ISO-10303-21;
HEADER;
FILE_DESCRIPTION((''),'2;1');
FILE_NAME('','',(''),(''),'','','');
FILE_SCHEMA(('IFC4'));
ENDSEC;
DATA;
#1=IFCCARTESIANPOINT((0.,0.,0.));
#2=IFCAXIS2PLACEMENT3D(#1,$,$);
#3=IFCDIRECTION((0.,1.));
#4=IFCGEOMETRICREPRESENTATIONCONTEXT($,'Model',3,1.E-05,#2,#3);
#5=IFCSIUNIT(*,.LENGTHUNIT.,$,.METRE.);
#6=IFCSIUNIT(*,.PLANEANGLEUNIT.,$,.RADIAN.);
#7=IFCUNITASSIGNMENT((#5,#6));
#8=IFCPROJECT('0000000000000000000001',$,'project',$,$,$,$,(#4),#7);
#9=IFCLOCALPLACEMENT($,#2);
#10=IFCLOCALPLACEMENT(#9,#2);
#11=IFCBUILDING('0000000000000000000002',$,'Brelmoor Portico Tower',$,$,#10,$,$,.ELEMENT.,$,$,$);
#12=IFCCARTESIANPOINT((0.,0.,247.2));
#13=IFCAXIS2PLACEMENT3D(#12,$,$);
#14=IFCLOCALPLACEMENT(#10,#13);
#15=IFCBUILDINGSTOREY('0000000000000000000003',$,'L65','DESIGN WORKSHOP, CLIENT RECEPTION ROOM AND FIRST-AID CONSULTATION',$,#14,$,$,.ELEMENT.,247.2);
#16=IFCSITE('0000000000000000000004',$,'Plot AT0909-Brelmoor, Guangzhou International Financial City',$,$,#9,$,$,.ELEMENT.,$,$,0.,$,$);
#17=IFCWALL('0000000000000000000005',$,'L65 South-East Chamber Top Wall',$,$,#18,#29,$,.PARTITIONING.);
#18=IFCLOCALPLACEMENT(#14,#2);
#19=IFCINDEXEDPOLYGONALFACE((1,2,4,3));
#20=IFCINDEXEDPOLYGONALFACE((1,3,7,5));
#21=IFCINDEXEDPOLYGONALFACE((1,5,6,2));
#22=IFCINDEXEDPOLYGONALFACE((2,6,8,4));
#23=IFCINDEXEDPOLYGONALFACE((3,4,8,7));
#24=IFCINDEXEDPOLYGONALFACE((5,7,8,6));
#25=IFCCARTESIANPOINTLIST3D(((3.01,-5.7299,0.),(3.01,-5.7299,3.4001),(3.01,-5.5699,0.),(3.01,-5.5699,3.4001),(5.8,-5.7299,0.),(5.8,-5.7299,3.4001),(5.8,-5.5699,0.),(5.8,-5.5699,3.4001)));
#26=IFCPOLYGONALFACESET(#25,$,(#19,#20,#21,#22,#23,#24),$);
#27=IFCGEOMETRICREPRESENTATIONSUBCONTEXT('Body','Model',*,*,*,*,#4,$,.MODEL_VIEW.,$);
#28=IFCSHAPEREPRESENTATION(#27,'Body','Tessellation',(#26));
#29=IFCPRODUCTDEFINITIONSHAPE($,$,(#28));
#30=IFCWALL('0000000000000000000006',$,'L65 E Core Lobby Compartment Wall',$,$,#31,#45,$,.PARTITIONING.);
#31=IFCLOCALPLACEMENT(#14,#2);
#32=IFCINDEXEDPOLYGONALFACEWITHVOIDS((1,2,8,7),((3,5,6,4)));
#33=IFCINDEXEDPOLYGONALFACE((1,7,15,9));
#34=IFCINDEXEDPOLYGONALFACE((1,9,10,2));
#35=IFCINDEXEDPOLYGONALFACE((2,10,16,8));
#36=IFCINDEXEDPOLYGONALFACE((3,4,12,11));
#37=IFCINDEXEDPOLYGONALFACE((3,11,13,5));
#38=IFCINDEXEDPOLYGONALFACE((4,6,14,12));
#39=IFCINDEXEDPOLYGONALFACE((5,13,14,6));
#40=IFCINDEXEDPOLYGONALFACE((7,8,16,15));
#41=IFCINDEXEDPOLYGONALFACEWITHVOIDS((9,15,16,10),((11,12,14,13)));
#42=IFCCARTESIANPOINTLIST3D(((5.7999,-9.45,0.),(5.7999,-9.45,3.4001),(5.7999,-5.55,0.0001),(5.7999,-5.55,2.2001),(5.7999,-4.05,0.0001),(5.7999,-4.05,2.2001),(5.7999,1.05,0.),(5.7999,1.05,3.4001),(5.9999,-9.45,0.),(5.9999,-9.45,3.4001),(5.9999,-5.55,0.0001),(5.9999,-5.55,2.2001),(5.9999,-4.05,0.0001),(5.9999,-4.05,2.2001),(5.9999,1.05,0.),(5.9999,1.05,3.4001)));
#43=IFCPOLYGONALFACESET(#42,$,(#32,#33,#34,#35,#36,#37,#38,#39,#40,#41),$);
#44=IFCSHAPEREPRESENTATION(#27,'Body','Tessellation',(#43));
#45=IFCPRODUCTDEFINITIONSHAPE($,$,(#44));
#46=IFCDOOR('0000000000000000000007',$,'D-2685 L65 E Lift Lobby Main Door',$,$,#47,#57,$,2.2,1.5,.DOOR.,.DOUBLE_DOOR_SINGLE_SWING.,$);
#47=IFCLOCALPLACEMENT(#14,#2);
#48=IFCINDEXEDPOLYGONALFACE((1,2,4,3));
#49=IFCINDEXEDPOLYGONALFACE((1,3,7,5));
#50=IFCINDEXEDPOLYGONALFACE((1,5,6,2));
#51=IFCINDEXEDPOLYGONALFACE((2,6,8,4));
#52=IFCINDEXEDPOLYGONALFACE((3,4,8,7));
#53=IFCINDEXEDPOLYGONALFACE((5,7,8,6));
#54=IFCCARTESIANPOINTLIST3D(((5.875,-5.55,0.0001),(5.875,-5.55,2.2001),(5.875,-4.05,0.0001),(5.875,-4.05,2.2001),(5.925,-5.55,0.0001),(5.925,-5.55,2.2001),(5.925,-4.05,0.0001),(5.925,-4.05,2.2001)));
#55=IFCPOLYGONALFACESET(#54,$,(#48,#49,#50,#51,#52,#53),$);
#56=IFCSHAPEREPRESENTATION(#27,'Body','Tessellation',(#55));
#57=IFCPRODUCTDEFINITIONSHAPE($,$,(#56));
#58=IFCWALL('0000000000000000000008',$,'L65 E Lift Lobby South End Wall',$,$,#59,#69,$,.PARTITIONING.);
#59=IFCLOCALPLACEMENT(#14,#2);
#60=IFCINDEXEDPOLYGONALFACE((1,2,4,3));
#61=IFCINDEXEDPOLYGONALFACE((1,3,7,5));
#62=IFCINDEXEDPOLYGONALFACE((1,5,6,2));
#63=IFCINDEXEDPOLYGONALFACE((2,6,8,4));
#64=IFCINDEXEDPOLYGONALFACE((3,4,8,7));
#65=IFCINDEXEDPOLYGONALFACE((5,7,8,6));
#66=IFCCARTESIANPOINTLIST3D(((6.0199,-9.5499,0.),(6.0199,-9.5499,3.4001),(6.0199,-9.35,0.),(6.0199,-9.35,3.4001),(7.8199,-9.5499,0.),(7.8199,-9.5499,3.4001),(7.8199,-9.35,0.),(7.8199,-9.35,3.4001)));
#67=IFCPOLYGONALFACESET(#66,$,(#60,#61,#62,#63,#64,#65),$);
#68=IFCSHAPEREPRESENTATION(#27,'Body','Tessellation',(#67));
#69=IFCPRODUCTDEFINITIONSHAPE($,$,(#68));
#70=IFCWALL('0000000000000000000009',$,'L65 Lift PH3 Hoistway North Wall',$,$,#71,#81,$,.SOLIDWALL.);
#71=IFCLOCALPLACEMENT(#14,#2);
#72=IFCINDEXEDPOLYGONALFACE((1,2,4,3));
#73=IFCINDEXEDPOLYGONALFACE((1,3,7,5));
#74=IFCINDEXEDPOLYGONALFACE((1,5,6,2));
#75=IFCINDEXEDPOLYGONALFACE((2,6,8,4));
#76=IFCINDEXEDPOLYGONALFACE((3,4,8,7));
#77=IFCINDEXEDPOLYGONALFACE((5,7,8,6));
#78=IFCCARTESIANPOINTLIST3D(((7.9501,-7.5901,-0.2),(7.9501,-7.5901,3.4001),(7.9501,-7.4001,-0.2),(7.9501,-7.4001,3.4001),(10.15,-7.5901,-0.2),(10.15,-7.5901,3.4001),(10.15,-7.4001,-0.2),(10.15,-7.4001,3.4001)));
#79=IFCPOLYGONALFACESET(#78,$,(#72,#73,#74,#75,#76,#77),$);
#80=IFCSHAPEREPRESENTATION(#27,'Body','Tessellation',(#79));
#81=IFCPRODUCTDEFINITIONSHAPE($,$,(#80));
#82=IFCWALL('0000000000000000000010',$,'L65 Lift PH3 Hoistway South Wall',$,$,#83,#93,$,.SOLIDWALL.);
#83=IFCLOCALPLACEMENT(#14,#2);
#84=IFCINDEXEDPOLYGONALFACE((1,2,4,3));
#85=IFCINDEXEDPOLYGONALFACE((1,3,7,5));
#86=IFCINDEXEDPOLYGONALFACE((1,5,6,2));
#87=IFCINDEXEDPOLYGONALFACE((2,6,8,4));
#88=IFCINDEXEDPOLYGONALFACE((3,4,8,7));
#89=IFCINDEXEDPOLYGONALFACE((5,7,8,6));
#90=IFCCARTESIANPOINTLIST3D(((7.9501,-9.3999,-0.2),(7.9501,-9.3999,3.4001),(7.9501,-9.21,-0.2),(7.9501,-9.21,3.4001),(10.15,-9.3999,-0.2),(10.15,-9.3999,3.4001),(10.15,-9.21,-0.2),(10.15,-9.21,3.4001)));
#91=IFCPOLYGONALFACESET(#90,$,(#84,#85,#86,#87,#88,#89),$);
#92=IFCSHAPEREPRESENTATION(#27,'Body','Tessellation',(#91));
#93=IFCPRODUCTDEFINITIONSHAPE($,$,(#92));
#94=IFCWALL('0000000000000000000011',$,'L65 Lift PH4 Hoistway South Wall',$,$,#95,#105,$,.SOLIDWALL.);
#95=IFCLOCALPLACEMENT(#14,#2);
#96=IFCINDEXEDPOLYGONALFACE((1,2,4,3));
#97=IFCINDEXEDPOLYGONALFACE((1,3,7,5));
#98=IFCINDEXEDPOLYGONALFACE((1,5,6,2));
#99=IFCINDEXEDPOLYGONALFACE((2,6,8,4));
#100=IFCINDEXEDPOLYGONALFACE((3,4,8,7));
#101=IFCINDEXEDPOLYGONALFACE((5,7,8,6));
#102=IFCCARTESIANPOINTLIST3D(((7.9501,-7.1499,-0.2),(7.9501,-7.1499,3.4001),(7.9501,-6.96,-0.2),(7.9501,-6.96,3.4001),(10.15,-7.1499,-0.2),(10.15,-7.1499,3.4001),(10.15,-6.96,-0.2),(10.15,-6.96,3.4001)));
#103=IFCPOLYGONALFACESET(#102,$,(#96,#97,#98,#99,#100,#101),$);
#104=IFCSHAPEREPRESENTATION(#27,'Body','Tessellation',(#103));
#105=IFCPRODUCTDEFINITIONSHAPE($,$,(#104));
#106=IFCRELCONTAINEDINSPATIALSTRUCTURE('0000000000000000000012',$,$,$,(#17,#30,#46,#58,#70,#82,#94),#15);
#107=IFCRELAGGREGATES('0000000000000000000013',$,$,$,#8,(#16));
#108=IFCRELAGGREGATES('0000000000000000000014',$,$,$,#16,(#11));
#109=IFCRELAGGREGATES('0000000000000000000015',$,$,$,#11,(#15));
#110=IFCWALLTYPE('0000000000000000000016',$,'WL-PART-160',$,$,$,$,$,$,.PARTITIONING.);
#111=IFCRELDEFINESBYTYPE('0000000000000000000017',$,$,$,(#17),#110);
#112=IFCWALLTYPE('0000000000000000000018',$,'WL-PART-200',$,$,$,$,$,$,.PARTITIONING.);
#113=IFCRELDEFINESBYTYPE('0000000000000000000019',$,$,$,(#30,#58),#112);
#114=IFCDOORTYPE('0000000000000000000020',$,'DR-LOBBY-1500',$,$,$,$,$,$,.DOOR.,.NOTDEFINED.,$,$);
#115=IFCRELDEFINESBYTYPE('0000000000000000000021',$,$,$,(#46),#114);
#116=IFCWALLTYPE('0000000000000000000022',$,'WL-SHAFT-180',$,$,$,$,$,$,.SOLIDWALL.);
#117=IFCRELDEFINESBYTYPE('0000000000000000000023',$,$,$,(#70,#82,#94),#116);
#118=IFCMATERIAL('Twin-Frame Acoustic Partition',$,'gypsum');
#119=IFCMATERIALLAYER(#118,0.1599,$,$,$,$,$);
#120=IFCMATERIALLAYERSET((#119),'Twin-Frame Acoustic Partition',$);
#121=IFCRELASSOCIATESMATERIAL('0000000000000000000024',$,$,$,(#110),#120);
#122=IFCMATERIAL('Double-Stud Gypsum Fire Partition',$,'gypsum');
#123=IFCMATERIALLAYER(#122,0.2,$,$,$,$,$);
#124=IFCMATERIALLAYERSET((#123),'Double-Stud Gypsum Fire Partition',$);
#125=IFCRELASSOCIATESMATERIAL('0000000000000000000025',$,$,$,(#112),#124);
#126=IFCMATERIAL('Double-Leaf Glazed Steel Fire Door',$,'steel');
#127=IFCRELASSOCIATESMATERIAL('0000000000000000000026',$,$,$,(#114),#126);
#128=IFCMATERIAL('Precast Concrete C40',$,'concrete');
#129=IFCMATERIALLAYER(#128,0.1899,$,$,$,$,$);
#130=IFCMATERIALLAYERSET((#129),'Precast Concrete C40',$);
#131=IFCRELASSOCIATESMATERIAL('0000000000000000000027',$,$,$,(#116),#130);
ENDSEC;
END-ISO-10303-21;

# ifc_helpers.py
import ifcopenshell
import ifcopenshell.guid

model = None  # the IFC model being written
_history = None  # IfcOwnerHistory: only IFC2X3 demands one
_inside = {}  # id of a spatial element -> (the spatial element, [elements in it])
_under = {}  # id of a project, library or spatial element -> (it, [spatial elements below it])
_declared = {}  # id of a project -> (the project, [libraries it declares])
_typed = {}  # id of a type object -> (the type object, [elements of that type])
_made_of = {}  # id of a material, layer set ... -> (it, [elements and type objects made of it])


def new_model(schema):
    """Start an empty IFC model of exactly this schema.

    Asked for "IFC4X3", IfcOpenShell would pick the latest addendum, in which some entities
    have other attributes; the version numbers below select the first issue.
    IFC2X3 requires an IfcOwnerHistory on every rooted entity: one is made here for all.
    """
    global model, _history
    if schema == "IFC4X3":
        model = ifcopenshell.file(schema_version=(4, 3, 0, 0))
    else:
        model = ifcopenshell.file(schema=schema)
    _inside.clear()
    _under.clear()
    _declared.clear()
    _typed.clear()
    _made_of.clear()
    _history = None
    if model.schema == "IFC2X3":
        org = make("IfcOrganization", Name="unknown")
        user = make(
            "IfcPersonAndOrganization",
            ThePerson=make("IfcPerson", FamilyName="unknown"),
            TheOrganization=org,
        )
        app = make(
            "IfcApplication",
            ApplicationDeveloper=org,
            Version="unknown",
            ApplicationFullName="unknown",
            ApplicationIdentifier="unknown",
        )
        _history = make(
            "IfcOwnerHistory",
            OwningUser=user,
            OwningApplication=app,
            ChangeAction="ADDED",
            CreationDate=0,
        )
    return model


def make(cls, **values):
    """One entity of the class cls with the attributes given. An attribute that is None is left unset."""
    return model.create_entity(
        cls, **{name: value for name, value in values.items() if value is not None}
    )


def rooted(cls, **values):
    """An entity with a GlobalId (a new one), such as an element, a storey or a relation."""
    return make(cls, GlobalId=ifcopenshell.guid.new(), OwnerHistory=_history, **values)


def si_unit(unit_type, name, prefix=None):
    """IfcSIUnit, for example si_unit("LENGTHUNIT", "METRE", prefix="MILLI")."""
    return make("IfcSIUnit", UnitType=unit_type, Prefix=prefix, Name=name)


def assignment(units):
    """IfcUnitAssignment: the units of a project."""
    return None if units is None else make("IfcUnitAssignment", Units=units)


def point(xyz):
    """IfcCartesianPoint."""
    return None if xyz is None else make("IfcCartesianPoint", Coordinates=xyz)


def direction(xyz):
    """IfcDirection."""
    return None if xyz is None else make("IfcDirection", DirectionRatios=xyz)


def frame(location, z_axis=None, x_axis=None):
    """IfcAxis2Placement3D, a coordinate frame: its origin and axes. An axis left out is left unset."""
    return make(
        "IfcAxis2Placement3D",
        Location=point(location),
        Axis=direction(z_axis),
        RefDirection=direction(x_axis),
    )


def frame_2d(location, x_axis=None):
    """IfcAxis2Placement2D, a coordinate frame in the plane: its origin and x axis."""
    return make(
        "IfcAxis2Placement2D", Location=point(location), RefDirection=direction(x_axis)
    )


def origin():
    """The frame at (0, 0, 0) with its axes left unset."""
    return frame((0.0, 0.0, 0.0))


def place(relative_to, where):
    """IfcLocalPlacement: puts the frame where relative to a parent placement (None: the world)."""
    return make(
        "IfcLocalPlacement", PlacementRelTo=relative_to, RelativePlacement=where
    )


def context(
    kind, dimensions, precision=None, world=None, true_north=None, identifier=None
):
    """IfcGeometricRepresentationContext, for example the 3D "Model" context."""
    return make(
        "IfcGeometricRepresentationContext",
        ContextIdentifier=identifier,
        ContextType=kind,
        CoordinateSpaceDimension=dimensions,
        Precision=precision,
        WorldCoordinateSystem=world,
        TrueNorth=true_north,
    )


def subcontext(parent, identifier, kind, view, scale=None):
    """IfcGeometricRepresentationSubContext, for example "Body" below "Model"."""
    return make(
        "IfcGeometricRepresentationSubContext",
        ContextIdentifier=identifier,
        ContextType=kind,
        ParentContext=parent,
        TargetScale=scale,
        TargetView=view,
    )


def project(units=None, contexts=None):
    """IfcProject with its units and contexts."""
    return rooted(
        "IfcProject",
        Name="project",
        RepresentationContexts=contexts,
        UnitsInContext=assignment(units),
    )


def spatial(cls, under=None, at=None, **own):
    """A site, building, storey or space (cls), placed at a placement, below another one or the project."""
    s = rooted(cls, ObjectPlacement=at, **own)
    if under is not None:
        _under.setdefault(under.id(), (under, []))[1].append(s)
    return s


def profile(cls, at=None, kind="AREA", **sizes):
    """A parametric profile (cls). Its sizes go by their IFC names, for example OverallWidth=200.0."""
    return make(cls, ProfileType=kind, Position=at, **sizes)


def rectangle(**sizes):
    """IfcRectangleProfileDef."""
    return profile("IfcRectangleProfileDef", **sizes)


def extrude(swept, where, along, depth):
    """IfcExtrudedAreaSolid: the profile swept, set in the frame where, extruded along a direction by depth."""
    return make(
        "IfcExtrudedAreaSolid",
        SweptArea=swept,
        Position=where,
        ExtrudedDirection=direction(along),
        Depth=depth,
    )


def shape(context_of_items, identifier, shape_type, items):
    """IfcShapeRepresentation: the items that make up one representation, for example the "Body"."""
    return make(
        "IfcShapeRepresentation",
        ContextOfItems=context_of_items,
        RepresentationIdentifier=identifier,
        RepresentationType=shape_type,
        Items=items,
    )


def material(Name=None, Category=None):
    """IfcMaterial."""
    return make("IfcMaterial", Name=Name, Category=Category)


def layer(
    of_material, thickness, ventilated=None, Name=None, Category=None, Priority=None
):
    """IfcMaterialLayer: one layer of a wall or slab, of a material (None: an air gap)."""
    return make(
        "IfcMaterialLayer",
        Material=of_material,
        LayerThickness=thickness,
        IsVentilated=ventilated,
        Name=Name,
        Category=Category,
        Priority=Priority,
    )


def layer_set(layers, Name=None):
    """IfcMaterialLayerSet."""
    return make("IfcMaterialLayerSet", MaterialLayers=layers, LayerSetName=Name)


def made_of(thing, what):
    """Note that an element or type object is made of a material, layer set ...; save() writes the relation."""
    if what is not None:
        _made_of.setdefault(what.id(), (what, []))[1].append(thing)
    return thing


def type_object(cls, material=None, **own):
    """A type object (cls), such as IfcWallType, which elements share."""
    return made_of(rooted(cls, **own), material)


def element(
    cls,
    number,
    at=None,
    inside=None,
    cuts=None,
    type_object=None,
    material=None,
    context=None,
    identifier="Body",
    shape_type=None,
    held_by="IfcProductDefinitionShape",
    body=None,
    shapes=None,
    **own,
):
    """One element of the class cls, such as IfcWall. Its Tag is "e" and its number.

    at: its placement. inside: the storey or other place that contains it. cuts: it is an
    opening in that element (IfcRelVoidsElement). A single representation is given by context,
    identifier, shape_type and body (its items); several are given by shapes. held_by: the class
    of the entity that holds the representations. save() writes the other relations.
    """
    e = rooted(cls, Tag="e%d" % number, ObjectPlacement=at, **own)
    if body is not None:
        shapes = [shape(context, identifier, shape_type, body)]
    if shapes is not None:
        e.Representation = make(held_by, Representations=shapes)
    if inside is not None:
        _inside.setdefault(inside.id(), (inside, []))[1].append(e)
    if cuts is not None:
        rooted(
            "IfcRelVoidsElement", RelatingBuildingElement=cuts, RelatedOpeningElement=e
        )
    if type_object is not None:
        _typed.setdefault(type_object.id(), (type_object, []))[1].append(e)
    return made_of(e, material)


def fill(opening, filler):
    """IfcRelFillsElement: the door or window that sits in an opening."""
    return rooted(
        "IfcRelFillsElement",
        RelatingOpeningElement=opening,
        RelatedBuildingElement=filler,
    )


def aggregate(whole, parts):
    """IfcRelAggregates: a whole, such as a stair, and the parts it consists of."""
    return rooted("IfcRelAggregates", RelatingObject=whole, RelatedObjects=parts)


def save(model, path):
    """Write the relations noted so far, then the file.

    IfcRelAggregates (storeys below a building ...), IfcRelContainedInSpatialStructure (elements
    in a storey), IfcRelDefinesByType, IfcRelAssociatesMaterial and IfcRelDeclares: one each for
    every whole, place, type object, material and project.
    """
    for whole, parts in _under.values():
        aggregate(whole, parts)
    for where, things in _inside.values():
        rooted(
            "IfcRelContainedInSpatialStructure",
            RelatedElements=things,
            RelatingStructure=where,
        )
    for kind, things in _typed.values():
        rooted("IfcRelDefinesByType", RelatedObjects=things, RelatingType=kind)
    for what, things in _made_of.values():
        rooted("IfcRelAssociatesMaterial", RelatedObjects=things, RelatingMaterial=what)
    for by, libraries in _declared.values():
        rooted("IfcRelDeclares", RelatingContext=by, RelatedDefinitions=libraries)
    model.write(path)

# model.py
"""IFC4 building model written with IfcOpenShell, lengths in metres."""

from ifc_helpers import new_model, si_unit, direction, frame, frame_2d, origin, place, context, subcontext, project, spatial, rectangle, extrude, material, layer, layer_set, type_object, element, fill, save


model = new_model("IFC4")

# Units and contexts
model_context = context("Model", 3, precision=1e-05, world=origin(), true_north=direction((0.0, 1.0)))
body_context = subcontext(model_context, "Body", "Model", "MODEL_VIEW")
ifc_project = project(units=[si_unit("LENGTHUNIT", "METRE"), si_unit("PLANEANGLEUNIT", "RADIAN")], contexts=[model_context])

# Site, building, storey
site_placement = place(None, origin())
site = spatial("IfcSite", under=ifc_project, at=site_placement, Name="Plot AT0909-Brelmoor, Guangzhou International Financial City", CompositionType="ELEMENT", RefElevation=0.0)
building_placement = place(site_placement, origin())
building = spatial("IfcBuilding", under=site, at=building_placement, Name="Brelmoor Portico Tower", CompositionType="ELEMENT")
storey_placement = place(building_placement, frame((0.0, 0.0, 247.2)))
storey = spatial("IfcBuildingStorey", under=building, at=storey_placement, Name="L65", Description="DESIGN WORKSHOP, CLIENT RECEPTION ROOM AND FIRST-AID CONSULTATION", CompositionType="ELEMENT", Elevation=247.2)

# Shared definitions
ifc_material_1 = material(Name="Twin-Frame Acoustic Partition", Category="gypsum")
ifc_layer_1 = layer(ifc_material_1, 0.1599)
ifc_layer_set_1 = layer_set([ifc_layer_1], Name="Twin-Frame Acoustic Partition")
wall_type_1 = type_object("IfcWallType", Name="WL-PART-160", PredefinedType="PARTITIONING", material=ifc_layer_set_1)

# Wall
for number, where, z_axis, x_axis, name in (
    (1, (3.01, -5.6499, 0.0), (0.0, 0.0, 1.0), (1.0, 0.0, 0.0), "L65 South-East Chamber Top Wall"),
):
    element("IfcWall", number, at=place(storey_placement, frame(where, z_axis=z_axis, x_axis=x_axis)), inside=storey, type_object=wall_type_1, Name=name, PredefinedType="PARTITIONING", context=body_context, shape_type="SweptSolid", body=[
        extrude(rectangle(XDim=2.79, YDim=0.1599, at=frame_2d((1.395, 0.0))), origin(), (0.0, 0.0, 1.0), 3.4001),
    ])

# Wall, opening, door
ifc_material_2 = material(Name="Double-Stud Gypsum Fire Partition", Category="gypsum")
ifc_layer_2 = layer(ifc_material_2, 0.2)
ifc_layer_set_2 = layer_set([ifc_layer_2], Name="Double-Stud Gypsum Fire Partition")
wall_type_2 = type_object("IfcWallType", Name="WL-PART-200", PredefinedType="PARTITIONING", material=ifc_layer_set_2)
wall_1_placement = place(storey_placement, frame((5.8999, -9.45, 0.0), z_axis=(0.0, 0.0, 1.0), x_axis=(0.0, 1.0, 0.0)))
wall_1 = element("IfcWall", 2, at=wall_1_placement, inside=storey, type_object=wall_type_2, Name="L65 E Core Lobby Compartment Wall", PredefinedType="PARTITIONING", context=body_context, shape_type="SweptSolid", body=[
    extrude(rectangle(XDim=10.5, YDim=0.2, at=frame_2d((5.25, 0.0))), origin(), (0.0, 0.0, 1.0), 3.4001),
])
opening_1_placement = place(wall_1_placement, frame((3.8999, 0.0, 0.0)))
opening_1 = element("IfcOpeningElement", 3, at=opening_1_placement, cuts=wall_1, PredefinedType="OPENING", context=body_context, shape_type="SweptSolid", body=[
    extrude(rectangle(XDim=1.5, YDim=2.2, at=frame_2d((0.75, 1.1001))), frame((0.0, 0.1099, 0.0), z_axis=(0.0, -1.0, 0.0), x_axis=(1.0, 0.0, 0.0)), (0.0, 0.0, 1.0), 0.22),
])
ifc_material_3 = material(Name="Double-Leaf Glazed Steel Fire Door", Category="steel")
door_type_1 = type_object("IfcDoorType", Name="DR-LOBBY-1500", OperationType="NOTDEFINED", PredefinedType="DOOR", material=ifc_material_3)
door_1_placement = place(opening_1_placement, origin())
door_1 = element("IfcDoor", 4, at=door_1_placement, inside=storey, type_object=door_type_1, Name="D-2685 L65 E Lift Lobby Main Door", OperationType="DOUBLE_DOOR_SINGLE_SWING", OverallHeight=2.2, OverallWidth=1.5, PredefinedType="DOOR", context=body_context, shape_type="SweptSolid", body=[
    extrude(rectangle(XDim=1.5, YDim=2.2, at=frame_2d((0.75, 1.1001))), frame((0.0, 0.0249, 0.0), z_axis=(0.0, -1.0, 0.0), x_axis=(1.0, 0.0, 0.0)), (0.0, 0.0, 1.0), 0.05),
])
fill(opening_1, door_1)

# Walls
wall_2_placement = place(storey_placement, frame((6.02, -9.45, 0.0), z_axis=(0.0, 0.0, 1.0), x_axis=(1.0, 0.0, 0.0)))
element("IfcWall", 5, at=wall_2_placement, inside=storey, type_object=wall_type_2, Name="L65 E Lift Lobby South End Wall", PredefinedType="PARTITIONING", context=body_context, shape_type="SweptSolid", body=[
    extrude(rectangle(XDim=1.8, YDim=0.2, at=frame_2d((0.8999, 0.0))), origin(), (0.0, 0.0, 1.0), 3.4001),
])
ifc_material_4 = material(Name="Precast Concrete C40", Category="concrete")
ifc_layer_3 = layer(ifc_material_4, 0.1899)
ifc_layer_set_3 = layer_set([ifc_layer_3], Name="Precast Concrete C40")
wall_type_3 = type_object("IfcWallType", Name="WL-SHAFT-180", PredefinedType="SOLIDWALL", material=ifc_layer_set_3)
for number, where, z_axis, x_axis, name in (
    (6, (7.95, -7.4951, -0.2), (0.0, 0.0, 1.0), (1.0, 0.0, 0.0), "L65 Lift PH3 Hoistway North Wall"),
    (7, (7.95, -9.3049, -0.2), (0.0, 0.0, 1.0), (1.0, 0.0, 0.0), "L65 Lift PH3 Hoistway South Wall"),
    (8, (7.95, -7.0549, -0.2), (0.0, 0.0, 1.0), (1.0, 0.0, 0.0), "L65 Lift PH4 Hoistway South Wall"),
):
    element("IfcWall", number, at=place(storey_placement, frame(where, z_axis=z_axis, x_axis=x_axis)), inside=storey, type_object=wall_type_3, Name=name, PredefinedType="SOLIDWALL", context=body_context, shape_type="SweptSolid", body=[
        extrude(rectangle(XDim=2.2, YDim=0.1899, at=frame_2d((1.1001, 0.0))), origin(), (0.0, 0.0, 1.0), 3.6001),
    ])

save(model, "model.ifc")
